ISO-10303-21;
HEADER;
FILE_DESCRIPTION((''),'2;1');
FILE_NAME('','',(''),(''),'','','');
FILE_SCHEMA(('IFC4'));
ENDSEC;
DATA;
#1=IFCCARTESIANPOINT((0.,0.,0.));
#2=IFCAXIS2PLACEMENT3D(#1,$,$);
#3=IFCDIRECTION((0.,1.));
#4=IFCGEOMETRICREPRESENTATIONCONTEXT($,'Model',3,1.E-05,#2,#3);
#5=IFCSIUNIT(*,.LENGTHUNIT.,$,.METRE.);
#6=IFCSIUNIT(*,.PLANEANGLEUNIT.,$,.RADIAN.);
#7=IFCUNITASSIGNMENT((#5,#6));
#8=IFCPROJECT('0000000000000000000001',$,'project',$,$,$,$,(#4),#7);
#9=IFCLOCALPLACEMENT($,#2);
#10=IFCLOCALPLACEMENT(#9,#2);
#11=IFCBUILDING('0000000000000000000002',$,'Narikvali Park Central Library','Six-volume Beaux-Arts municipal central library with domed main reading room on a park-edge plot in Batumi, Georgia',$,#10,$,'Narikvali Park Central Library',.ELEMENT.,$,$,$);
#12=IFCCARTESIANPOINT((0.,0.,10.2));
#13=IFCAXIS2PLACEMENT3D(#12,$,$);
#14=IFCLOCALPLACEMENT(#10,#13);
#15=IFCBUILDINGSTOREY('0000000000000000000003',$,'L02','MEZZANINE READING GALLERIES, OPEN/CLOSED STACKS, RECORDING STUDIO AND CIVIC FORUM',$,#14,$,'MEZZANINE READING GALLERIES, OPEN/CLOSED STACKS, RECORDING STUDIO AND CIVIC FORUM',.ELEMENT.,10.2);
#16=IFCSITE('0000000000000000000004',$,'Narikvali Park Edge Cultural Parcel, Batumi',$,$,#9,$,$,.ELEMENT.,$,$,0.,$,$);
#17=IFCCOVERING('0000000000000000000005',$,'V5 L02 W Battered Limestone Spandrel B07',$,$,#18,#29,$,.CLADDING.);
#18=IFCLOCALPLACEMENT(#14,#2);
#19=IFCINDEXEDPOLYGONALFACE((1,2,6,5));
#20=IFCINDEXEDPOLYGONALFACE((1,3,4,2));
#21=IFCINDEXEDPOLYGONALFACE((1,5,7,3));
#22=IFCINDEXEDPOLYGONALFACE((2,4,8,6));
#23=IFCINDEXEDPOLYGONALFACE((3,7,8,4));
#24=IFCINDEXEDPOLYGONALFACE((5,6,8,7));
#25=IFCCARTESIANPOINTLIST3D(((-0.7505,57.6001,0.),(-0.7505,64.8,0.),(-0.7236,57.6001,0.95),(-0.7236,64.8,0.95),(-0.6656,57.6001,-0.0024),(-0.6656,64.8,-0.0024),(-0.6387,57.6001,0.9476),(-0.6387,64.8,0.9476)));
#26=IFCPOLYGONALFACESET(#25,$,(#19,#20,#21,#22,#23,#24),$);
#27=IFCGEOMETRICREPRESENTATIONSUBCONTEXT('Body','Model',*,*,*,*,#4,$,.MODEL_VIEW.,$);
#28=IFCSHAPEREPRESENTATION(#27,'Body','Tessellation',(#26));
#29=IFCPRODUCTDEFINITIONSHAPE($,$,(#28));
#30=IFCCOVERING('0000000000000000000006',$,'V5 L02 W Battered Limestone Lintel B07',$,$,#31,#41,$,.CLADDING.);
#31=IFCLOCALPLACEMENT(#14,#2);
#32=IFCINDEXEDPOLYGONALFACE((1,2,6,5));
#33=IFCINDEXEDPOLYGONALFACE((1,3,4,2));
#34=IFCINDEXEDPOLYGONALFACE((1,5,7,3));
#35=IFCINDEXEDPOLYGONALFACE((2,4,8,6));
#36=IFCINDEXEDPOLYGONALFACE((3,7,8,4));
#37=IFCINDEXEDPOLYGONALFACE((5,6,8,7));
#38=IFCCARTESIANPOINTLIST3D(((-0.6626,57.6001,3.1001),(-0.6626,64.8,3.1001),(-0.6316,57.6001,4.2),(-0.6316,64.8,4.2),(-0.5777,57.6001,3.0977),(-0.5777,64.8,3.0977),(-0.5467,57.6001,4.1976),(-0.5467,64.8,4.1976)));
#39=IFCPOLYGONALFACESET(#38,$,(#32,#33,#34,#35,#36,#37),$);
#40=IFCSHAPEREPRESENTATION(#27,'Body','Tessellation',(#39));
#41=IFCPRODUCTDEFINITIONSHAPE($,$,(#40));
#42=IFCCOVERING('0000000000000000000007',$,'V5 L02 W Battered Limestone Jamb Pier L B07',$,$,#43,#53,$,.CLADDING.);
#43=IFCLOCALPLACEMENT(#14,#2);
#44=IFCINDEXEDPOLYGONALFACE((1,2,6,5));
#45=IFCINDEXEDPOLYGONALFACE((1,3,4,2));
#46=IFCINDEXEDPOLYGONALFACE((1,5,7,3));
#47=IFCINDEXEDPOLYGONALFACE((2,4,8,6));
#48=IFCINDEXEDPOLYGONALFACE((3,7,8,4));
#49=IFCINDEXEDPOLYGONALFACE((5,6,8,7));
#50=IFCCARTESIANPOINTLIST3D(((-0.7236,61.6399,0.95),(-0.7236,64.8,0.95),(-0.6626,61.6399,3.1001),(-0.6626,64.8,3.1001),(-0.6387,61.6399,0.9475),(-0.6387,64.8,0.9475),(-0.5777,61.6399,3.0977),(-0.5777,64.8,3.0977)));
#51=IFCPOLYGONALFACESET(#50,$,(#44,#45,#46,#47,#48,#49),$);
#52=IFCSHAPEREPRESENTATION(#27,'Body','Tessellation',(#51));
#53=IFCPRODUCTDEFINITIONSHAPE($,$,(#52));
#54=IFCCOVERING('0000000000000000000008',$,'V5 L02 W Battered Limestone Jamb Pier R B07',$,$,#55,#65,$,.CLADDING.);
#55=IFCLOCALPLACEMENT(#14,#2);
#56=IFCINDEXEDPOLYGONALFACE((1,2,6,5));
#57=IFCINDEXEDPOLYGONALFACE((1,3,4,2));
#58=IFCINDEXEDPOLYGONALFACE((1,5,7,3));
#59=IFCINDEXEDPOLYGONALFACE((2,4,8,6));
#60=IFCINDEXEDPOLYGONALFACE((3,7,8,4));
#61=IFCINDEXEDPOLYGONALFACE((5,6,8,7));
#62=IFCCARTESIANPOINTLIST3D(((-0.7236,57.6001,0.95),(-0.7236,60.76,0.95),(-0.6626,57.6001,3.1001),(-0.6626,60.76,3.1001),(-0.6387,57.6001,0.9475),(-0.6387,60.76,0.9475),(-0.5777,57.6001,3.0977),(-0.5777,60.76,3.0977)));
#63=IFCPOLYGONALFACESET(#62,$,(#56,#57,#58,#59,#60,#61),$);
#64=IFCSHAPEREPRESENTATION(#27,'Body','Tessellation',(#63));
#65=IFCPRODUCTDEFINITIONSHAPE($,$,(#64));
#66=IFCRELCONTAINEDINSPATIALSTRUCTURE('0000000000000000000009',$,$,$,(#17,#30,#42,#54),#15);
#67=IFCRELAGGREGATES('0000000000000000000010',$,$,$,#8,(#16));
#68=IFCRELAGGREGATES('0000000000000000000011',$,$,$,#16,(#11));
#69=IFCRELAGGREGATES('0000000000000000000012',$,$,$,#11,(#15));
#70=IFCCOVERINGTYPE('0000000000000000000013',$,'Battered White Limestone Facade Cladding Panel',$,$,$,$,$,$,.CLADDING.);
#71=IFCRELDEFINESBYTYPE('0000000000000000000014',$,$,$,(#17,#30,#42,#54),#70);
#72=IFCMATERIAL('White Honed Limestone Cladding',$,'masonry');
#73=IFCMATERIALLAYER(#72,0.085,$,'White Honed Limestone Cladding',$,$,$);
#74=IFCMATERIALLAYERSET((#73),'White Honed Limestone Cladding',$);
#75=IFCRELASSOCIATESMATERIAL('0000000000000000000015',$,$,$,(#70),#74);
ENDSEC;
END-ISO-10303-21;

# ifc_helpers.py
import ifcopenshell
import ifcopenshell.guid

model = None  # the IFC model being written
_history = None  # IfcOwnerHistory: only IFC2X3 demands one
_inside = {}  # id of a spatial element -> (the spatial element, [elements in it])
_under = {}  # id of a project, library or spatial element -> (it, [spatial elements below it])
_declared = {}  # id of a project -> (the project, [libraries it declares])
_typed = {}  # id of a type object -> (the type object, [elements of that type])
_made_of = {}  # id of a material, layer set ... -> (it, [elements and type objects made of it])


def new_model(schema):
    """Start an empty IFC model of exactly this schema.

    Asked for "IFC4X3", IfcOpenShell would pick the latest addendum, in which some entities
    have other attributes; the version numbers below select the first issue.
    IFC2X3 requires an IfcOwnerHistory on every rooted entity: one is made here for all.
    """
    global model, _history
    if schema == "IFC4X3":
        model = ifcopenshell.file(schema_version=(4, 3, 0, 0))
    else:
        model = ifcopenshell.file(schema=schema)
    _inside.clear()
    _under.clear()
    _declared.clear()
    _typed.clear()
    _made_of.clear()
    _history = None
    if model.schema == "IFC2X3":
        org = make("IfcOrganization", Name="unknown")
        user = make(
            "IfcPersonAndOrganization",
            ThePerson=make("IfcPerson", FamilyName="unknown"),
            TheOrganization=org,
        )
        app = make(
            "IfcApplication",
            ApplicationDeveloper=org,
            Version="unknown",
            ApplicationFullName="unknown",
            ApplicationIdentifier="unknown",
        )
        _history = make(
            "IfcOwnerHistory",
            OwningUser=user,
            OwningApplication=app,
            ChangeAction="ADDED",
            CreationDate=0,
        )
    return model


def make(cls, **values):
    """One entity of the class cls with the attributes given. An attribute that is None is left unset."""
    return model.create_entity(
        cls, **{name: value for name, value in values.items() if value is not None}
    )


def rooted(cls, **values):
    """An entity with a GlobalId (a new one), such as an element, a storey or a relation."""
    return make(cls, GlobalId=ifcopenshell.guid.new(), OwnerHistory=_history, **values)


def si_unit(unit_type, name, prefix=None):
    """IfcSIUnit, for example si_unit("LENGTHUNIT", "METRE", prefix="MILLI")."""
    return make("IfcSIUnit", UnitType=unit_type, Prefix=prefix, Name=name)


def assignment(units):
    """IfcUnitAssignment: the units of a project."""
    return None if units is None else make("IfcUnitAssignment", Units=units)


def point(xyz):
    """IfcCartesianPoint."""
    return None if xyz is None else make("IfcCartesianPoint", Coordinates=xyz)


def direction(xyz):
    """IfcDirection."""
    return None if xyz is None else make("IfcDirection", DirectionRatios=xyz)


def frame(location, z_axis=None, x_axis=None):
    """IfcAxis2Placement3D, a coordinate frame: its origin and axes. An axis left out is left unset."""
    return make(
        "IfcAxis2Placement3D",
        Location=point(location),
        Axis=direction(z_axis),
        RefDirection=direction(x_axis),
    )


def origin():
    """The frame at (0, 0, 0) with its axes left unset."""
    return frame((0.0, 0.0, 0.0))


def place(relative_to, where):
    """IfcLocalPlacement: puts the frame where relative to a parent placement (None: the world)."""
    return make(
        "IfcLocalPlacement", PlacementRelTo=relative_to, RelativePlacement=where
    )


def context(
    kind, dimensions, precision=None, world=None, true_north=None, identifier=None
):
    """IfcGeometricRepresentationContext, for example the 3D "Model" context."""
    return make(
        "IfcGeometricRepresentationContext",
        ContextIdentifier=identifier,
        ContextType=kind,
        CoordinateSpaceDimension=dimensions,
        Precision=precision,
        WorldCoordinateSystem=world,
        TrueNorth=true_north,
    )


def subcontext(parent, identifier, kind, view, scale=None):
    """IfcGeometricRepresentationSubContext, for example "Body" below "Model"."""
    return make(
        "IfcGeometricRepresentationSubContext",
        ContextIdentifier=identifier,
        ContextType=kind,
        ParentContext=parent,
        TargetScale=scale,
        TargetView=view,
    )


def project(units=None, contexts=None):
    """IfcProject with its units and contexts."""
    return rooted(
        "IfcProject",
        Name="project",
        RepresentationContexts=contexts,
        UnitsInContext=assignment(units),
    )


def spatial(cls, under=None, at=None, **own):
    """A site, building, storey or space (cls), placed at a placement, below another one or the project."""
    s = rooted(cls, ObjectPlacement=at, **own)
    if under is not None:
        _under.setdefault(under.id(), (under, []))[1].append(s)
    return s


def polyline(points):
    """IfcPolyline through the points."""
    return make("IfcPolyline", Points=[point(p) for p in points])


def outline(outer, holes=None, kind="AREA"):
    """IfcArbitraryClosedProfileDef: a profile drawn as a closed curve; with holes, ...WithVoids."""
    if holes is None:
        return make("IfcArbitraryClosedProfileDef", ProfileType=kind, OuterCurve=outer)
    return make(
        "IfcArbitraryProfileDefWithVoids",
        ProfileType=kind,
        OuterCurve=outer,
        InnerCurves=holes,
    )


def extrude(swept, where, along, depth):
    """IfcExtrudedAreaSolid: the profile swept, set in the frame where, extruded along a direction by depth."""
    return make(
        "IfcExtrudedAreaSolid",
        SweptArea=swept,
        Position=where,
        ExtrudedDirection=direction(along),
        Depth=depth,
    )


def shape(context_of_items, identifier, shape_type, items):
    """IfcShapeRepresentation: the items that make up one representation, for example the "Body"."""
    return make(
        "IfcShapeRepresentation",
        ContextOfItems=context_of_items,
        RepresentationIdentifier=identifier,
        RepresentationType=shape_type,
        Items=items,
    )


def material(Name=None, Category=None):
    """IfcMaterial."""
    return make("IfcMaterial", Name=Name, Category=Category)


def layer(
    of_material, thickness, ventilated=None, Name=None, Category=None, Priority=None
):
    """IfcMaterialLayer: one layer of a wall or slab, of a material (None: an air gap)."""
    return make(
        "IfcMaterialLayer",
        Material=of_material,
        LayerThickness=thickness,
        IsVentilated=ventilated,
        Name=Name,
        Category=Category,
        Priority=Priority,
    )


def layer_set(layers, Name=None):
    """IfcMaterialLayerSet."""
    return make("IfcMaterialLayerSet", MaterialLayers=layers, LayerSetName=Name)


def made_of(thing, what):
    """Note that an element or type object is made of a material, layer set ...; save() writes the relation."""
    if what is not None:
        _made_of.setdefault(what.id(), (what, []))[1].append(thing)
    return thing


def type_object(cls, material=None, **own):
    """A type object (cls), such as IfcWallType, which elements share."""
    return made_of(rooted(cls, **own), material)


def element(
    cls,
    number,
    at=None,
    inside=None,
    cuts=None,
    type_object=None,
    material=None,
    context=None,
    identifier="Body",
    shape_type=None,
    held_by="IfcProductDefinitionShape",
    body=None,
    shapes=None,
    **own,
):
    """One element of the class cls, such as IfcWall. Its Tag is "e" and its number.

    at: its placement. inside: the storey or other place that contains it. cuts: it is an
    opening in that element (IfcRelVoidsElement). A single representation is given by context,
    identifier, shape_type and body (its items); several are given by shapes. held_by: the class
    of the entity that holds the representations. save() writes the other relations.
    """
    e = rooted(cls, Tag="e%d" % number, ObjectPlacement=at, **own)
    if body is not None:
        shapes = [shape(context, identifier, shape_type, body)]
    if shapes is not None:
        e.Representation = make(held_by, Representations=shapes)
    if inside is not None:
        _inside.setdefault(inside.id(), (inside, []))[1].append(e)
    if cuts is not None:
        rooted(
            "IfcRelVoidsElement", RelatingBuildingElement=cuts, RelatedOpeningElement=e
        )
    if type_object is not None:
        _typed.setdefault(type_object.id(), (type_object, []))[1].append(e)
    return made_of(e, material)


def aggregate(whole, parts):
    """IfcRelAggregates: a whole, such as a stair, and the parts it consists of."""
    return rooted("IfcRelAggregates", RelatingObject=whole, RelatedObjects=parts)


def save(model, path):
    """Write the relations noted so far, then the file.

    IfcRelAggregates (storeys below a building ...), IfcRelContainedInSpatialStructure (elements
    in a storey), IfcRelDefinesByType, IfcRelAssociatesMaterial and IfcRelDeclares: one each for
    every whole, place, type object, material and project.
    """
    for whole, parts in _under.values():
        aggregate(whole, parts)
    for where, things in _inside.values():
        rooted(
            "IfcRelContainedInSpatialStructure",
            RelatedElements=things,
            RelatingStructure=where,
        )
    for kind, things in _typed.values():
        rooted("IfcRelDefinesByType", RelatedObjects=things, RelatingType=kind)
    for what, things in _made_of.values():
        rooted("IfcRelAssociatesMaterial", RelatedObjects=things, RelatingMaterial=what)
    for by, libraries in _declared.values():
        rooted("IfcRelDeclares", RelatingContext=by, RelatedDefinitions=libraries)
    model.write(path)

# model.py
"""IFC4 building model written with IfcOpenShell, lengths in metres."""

from ifc_helpers import new_model, si_unit, direction, frame, origin, place, context, subcontext, project, spatial, polyline, outline, extrude, material, layer, layer_set, type_object, element, save


model = new_model("IFC4")

# Units and contexts
model_context = context("Model", 3, precision=1e-05, world=origin(), true_north=direction((0.0, 1.0)))
body_context = subcontext(model_context, "Body", "Model", "MODEL_VIEW")
ifc_project = project(units=[si_unit("LENGTHUNIT", "METRE"), si_unit("PLANEANGLEUNIT", "RADIAN")], contexts=[model_context])

# Site, building, storey
site_placement = place(None, origin())
site = spatial("IfcSite", under=ifc_project, at=site_placement, Name="Narikvali Park Edge Cultural Parcel, Batumi", CompositionType="ELEMENT", RefElevation=0.0)
building_placement = place(site_placement, origin())
building = spatial("IfcBuilding", under=site, at=building_placement, Name="Narikvali Park Central Library", Description="Six-volume Beaux-Arts municipal central library with domed main reading room on a park-edge plot in Batumi, Georgia", LongName="Narikvali Park Central Library", CompositionType="ELEMENT")
storey_placement = place(building_placement, frame((0.0, 0.0, 10.2)))
storey = spatial("IfcBuildingStorey", under=building, at=storey_placement, Name="L02", Description="MEZZANINE READING GALLERIES, OPEN/CLOSED STACKS, RECORDING STUDIO AND CIVIC FORUM", LongName="MEZZANINE READING GALLERIES, OPEN/CLOSED STACKS, RECORDING STUDIO AND CIVIC FORUM", CompositionType="ELEMENT", Elevation=10.2)

# Coverings
ifc_material_1 = material(Name="White Honed Limestone Cladding", Category="masonry")
ifc_layer_1 = layer(ifc_material_1, 0.085, Name="White Honed Limestone Cladding")
ifc_layer_set_1 = layer_set([ifc_layer_1], Name="White Honed Limestone Cladding")
covering_type = type_object("IfcCoveringType", Name="Battered White Limestone Facade Cladding Panel", PredefinedType="CLADDING", material=ifc_layer_set_1)
covering_1_placement = place(storey_placement, frame((-0.7505, 64.8, 0.0), z_axis=(-0.999601, 0.0, 0.028259), x_axis=(0.0, -1.0, 0.0)))
element("IfcCovering", 1, at=covering_1_placement, inside=storey, type_object=covering_type, Name="V5 L02 W Battered Limestone Spandrel B07", PredefinedType="CLADDING", context=body_context, shape_type="SweptSolid", body=[
    extrude(outline(polyline([(0.0, 0.0), (7.2, 0.0), (7.2, 0.9503), (0.0, 0.9503), (0.0, 0.0)])), origin(), (0.0, 0.0, -1.0), 0.085),
])
covering_2_placement = place(storey_placement, frame((-0.6626, 64.8, 3.1001), z_axis=(-0.999603, 0.0, 0.02818), x_axis=(0.0, -1.0, 0.0)))
element("IfcCovering", 2, at=covering_2_placement, inside=storey, type_object=covering_type, Name="V5 L02 W Battered Limestone Lintel B07", PredefinedType="CLADDING", context=body_context, shape_type="SweptSolid", body=[
    extrude(outline(polyline([(0.0, 0.0), (7.2, 0.0), (7.2, 1.1003), (0.0, 1.1003), (0.0, 0.0)])), origin(), (0.0, 0.0, -1.0), 0.085),
])
covering_3_placement = place(storey_placement, frame((-0.7236, 64.8, 0.95), z_axis=(-0.999597, 0.0, 0.028375), x_axis=(0.0, -1.0, 0.0)))
element("IfcCovering", 3, at=covering_3_placement, inside=storey, type_object=covering_type, Name="V5 L02 W Battered Limestone Jamb Pier L B07", PredefinedType="CLADDING", context=body_context, shape_type="SweptSolid", body=[
    extrude(outline(polyline([(0.0, 0.0), (3.1602, 0.0), (3.1602, 2.151), (0.0, 2.151), (0.0, 0.0)])), origin(), (0.0, 0.0, -1.0), 0.085),
])
covering_4_placement = place(storey_placement, frame((-0.7236, 60.76, 0.95), z_axis=(-0.999597, 0.0, 0.028375), x_axis=(0.0, -1.0, 0.0)))
element("IfcCovering", 4, at=covering_4_placement, inside=storey, type_object=covering_type, Name="V5 L02 W Battered Limestone Jamb Pier R B07", PredefinedType="CLADDING", context=body_context, shape_type="SweptSolid", body=[
    extrude(outline(polyline([(0.0, 0.0), (3.1599, 0.0), (3.1599, 2.151), (0.0, 2.151), (0.0, 0.0)])), origin(), (0.0, 0.0, -1.0), 0.085),
])

save(model, "model.ifc")
